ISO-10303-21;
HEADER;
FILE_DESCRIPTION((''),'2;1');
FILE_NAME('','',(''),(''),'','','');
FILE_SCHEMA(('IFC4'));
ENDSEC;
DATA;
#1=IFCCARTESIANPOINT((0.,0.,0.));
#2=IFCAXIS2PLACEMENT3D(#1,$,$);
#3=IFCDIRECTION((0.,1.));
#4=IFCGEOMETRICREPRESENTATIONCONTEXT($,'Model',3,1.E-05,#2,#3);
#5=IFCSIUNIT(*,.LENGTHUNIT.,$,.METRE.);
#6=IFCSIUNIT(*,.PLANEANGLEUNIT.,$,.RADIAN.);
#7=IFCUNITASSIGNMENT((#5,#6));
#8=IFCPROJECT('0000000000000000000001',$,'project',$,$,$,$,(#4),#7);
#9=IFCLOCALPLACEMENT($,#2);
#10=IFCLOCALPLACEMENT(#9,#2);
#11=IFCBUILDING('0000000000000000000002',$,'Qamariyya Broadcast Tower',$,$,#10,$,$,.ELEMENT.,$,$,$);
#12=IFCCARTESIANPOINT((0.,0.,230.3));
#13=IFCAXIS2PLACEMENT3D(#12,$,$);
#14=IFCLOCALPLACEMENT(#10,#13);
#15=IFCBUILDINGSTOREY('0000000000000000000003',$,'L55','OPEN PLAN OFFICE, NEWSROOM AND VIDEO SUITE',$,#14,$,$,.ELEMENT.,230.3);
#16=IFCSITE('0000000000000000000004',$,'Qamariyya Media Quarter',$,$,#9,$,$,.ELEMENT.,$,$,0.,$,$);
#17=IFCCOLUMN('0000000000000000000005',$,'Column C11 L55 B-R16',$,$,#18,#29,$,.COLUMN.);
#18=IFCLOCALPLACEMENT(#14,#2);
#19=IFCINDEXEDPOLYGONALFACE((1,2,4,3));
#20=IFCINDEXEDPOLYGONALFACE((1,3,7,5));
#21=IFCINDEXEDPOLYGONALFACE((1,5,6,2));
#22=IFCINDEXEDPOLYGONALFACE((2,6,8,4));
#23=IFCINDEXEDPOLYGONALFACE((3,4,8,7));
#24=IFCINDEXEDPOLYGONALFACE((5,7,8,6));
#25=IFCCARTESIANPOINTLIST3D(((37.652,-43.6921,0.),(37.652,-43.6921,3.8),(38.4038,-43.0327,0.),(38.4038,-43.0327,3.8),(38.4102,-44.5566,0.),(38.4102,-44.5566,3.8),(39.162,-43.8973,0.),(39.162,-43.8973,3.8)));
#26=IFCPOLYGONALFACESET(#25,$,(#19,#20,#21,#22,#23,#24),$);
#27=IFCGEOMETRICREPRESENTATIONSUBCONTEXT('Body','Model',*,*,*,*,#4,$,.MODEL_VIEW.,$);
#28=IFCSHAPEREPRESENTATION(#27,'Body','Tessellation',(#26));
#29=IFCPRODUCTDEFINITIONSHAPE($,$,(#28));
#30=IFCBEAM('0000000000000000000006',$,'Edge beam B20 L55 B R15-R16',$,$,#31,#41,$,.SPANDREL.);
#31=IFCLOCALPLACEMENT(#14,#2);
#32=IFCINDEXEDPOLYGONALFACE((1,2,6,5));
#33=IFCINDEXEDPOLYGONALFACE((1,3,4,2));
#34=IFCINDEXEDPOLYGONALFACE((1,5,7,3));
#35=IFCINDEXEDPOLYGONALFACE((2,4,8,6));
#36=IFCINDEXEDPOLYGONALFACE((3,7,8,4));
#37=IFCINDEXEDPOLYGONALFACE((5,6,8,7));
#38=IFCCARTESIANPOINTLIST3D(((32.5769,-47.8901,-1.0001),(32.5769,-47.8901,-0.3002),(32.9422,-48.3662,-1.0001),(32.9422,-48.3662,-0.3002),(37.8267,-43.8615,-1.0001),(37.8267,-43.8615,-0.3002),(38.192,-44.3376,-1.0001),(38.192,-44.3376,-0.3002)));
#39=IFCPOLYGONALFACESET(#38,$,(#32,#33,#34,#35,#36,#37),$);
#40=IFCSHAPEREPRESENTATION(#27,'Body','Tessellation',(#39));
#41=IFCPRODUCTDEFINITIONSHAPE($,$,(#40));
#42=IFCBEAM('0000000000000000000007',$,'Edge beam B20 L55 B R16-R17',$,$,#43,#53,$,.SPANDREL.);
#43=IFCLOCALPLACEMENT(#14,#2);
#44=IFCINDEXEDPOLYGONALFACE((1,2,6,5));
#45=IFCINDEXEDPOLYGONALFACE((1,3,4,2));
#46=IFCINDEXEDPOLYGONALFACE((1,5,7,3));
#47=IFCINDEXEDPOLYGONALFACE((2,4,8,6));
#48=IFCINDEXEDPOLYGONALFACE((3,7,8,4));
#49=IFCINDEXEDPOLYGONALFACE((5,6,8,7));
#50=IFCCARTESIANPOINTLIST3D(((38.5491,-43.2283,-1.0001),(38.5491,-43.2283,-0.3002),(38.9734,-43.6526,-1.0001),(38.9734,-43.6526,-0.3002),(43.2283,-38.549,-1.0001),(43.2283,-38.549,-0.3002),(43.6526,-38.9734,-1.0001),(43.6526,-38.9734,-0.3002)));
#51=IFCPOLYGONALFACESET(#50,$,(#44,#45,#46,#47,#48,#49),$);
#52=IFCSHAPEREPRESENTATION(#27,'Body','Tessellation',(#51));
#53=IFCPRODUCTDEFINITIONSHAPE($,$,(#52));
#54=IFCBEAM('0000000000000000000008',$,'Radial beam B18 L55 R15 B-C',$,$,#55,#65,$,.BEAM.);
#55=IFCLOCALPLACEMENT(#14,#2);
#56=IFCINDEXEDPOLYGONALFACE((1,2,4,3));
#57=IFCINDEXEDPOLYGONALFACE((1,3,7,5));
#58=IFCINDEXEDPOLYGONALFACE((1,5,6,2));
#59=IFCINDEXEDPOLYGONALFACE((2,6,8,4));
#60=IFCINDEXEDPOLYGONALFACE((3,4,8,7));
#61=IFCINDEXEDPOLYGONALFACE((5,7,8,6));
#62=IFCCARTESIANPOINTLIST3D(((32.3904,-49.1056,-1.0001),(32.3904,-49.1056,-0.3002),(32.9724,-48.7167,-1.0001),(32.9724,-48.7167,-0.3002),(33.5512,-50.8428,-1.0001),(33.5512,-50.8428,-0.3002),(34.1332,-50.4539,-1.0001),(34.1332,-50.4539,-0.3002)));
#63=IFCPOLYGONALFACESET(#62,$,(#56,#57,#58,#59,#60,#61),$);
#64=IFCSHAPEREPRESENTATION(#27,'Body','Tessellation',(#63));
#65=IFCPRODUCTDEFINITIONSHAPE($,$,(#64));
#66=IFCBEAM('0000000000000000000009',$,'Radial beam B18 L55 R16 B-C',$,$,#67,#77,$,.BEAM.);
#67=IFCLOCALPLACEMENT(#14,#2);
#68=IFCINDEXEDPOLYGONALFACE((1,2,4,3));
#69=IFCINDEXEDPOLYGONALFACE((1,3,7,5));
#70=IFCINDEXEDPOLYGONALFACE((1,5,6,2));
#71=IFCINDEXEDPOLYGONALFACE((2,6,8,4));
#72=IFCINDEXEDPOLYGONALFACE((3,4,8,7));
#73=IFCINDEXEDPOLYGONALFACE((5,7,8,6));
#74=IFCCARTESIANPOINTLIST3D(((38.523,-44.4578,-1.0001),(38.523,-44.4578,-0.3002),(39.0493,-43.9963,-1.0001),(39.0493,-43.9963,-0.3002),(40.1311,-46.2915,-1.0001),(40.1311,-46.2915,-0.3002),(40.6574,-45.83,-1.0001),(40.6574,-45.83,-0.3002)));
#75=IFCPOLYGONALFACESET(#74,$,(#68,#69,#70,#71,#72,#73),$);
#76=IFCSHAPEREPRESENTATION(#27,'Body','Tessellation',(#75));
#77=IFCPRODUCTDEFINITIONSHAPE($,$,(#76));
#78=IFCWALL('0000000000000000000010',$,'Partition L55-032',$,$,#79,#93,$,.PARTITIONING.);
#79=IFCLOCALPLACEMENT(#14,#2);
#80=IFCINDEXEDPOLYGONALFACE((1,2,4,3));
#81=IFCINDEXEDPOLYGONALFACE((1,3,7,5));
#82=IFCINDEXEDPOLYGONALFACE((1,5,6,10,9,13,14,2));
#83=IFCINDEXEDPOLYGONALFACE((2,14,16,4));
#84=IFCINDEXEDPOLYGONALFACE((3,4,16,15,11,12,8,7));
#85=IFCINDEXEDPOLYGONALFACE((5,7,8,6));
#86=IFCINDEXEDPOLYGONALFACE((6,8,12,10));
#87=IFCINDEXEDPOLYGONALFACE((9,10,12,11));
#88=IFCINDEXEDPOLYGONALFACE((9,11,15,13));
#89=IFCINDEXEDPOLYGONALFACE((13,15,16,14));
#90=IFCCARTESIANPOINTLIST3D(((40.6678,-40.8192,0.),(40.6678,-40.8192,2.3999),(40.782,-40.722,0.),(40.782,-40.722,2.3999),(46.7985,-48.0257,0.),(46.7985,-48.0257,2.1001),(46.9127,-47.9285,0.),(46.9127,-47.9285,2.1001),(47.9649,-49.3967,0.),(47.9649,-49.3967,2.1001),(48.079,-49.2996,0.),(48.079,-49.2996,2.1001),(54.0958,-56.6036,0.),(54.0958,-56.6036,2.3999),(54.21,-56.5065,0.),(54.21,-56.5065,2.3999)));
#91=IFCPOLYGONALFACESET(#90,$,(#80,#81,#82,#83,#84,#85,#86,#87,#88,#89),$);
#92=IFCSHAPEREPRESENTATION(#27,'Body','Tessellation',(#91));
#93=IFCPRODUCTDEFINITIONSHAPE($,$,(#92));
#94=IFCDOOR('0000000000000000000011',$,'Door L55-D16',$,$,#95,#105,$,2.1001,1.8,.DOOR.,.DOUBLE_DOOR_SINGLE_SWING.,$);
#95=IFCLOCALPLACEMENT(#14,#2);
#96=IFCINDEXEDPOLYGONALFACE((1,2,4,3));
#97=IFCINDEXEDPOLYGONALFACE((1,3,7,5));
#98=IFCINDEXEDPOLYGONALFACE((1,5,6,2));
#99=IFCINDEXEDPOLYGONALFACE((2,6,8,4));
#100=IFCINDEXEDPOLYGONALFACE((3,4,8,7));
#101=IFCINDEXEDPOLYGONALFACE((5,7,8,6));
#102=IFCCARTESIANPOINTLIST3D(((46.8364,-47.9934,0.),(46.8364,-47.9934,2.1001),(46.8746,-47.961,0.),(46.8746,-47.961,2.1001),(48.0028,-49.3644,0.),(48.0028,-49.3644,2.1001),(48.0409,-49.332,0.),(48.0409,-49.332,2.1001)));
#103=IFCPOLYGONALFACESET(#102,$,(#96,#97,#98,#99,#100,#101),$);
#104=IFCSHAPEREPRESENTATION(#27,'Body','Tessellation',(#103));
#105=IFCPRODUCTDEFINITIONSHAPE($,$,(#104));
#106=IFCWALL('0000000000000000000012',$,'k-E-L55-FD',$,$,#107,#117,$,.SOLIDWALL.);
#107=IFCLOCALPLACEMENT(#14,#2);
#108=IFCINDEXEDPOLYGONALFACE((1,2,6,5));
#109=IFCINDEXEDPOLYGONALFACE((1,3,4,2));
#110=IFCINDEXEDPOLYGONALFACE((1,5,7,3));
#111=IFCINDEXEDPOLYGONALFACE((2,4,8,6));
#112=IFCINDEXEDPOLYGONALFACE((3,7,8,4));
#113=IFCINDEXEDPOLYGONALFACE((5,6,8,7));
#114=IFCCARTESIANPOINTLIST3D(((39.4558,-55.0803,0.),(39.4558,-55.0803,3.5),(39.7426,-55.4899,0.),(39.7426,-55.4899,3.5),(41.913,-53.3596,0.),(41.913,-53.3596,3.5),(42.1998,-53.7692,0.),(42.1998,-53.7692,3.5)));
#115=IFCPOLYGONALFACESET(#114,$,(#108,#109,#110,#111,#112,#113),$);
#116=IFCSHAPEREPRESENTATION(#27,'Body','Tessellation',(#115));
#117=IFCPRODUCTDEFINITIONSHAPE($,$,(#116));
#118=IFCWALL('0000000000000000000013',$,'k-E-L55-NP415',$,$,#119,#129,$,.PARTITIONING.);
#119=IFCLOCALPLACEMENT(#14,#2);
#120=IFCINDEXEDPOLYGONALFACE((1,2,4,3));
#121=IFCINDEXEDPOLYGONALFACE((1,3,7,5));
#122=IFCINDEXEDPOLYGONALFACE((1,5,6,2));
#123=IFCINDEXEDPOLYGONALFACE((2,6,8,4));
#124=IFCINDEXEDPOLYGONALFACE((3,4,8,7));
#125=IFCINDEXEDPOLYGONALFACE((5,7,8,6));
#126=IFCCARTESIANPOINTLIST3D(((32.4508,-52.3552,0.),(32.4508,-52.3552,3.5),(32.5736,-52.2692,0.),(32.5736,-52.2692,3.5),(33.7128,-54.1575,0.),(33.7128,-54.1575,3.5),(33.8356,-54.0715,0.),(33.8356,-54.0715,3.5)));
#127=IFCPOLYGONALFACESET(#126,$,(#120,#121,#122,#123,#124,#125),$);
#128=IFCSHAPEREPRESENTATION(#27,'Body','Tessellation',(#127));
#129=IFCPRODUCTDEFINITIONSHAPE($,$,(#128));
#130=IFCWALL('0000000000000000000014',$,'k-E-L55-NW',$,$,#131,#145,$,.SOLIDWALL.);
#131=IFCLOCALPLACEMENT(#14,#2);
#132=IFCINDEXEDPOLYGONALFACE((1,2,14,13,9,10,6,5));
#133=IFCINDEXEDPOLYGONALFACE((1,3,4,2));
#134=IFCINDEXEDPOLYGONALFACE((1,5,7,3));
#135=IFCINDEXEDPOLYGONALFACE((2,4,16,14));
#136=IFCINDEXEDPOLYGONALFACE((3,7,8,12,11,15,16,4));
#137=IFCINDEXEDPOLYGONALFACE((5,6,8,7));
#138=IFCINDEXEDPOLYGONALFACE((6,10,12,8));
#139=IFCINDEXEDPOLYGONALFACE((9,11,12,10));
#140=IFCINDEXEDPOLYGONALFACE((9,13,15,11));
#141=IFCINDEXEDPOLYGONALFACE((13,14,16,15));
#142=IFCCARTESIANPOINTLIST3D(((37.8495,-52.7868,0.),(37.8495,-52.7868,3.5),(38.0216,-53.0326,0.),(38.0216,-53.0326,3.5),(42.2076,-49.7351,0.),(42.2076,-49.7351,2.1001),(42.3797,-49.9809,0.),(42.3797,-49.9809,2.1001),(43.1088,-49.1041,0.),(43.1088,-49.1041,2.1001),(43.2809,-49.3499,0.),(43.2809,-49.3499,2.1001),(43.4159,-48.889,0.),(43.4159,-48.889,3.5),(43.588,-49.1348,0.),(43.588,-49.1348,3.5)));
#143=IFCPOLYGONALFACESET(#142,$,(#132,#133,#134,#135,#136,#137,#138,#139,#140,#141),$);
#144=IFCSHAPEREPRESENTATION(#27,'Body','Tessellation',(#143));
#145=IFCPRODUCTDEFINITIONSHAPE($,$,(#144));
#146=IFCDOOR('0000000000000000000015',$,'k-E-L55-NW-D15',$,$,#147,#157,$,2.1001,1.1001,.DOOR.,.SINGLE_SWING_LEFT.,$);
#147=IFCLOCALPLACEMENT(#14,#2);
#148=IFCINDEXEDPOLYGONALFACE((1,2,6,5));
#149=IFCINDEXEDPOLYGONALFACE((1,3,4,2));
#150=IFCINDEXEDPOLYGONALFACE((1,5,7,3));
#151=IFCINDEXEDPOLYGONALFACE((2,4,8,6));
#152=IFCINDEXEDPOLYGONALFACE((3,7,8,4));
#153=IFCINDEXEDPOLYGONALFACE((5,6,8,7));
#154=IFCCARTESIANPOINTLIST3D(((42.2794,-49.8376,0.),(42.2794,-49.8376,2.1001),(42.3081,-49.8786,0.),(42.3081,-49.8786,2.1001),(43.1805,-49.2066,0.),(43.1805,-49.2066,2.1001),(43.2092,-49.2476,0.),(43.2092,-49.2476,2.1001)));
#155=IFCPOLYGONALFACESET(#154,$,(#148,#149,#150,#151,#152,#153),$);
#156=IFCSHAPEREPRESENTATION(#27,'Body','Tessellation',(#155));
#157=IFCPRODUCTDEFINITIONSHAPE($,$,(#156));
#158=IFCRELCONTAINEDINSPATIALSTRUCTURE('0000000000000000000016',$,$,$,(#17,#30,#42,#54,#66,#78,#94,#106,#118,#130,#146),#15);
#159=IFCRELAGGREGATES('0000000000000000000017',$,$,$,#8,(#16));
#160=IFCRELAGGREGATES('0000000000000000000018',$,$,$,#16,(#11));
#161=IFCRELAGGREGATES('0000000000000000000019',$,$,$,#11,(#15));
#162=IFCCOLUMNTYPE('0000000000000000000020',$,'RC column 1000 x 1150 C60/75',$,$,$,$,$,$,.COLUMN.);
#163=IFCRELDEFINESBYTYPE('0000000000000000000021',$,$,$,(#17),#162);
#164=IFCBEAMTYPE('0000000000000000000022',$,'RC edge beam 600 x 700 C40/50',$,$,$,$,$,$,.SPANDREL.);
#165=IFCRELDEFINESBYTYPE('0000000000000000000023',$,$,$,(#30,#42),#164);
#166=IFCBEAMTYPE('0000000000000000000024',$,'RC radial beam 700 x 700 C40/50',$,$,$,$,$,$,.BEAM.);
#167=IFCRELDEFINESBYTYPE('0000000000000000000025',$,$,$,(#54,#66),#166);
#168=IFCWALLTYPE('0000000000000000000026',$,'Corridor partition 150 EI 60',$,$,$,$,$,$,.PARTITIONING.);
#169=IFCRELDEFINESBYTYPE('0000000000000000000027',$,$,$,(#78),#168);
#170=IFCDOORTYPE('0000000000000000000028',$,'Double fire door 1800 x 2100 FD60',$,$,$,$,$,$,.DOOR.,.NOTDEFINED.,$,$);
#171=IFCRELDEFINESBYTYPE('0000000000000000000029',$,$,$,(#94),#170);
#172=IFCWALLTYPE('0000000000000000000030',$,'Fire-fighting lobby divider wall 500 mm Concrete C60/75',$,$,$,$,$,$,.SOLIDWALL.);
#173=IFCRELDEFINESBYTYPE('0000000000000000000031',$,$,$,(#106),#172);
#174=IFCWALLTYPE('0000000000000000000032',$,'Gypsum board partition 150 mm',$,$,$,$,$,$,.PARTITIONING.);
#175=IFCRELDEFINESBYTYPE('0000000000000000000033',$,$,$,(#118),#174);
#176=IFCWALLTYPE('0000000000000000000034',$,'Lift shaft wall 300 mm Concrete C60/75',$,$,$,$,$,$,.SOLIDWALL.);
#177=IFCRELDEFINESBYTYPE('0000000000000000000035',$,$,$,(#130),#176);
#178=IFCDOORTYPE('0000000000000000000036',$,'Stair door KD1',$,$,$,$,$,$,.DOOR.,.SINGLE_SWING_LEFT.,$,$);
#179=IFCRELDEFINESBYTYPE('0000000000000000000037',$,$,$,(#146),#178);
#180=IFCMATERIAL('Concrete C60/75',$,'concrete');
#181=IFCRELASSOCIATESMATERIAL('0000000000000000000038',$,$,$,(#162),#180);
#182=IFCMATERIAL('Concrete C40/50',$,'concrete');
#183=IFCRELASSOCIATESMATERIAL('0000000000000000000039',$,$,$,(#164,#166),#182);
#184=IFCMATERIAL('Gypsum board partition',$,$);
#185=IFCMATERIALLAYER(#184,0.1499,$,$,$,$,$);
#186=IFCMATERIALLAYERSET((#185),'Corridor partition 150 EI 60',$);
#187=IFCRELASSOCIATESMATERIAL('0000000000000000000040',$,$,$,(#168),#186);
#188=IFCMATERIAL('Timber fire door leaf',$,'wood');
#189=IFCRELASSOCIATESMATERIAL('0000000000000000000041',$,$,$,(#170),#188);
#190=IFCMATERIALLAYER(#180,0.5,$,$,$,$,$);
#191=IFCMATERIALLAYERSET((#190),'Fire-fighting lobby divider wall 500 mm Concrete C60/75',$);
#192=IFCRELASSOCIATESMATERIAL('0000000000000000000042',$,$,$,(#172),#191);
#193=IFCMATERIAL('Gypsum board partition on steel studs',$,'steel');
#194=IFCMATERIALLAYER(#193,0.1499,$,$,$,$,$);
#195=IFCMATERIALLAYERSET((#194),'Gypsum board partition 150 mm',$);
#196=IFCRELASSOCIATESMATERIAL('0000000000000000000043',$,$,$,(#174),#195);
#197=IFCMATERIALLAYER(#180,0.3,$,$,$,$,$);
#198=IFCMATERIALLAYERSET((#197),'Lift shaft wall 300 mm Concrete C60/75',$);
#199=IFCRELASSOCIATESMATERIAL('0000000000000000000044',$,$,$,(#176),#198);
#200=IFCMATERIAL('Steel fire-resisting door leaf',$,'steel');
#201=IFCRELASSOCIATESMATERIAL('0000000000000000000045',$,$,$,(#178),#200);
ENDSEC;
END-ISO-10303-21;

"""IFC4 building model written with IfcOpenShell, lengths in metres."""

from ifc_helpers import new_model, si_unit, direction, frame, frame_2d, origin, origin_2d, place, context, subcontext, project, spatial, rectangle, extrude, material, layer, layer_set, material_profile, profile_set, type_object, element, fill, save


model = new_model("IFC4")

# Units and contexts
model_context = context("Model", 3, precision=1e-05, world=origin(), true_north=direction((0.0, 1.0)))
body_context = subcontext(model_context, "Body", "Model", "MODEL_VIEW")
ifc_project = project(units=[si_unit("LENGTHUNIT", "METRE"), si_unit("PLANEANGLEUNIT", "RADIAN")], contexts=[model_context])

# Site, building, storey
site_placement = place(None, origin())
site = spatial("IfcSite", under=ifc_project, at=site_placement, Name="Qamariyya Media Quarter", CompositionType="ELEMENT", RefElevation=0.0)
building_placement = place(site_placement, origin())
building = spatial("IfcBuilding", under=site, at=building_placement, Name="Qamariyya Broadcast Tower", CompositionType="ELEMENT")
storey_placement = place(building_placement, frame((0.0, 0.0, 230.3)))
storey = spatial("IfcBuildingStorey", under=building, at=storey_placement, Name="L55", Description="OPEN PLAN OFFICE, NEWSROOM AND VIDEO SUITE", CompositionType="ELEMENT", Elevation=230.3)

# Column
ifc_material_1 = material(Name="Concrete C60/75", Category="concrete")
ifc_material_profile_1 = material_profile(ifc_material_1, rectangle(XDim=1.0, YDim=1.1499, at=origin_2d()))
ifc_profile_set_1 = profile_set([ifc_material_profile_1], Name="Concrete C60/75")
column_type = type_object("IfcColumnType", Name="RC column 1000 x 1150 C60/75", PredefinedType="COLUMN", material=ifc_profile_set_1)
column_placement = place(storey_placement, frame((38.407, -43.7947, 0.0), z_axis=(0.0, 0.0, 1.0), x_axis=(0.75184, 0.659346, 0.0)))
element("IfcColumn", 1, at=column_placement, inside=storey, type_object=column_type, Name="Column C11 L55 B-R16", PredefinedType="COLUMN", context=body_context, shape_type="SweptSolid", body=[
    extrude(rectangle(XDim=1.0, YDim=1.1499, at=origin_2d()), origin(), (0.0, 0.0, 1.0), 3.8),
])

# Beams
ifc_material_2 = material(Name="Concrete C40/50", Category="concrete")
ifc_material_profile_2 = material_profile(ifc_material_2, rectangle(XDim=0.6001, YDim=0.7, at=origin_2d()))
ifc_profile_set_2 = profile_set([ifc_material_profile_2], Name="Concrete C40/50")
beam_type_1 = type_object("IfcBeamType", Name="RC edge beam 600 x 700 C40/50", PredefinedType="SPANDREL", material=ifc_profile_set_2)
for number, where, z_axis, x_axis, name in (
    (2, (32.7595, -48.1282, -0.6501), (0.793333, 0.608789, 0.0), (-0.608789, 0.793333, 0.0), "Edge beam B20 L55 B R15-R16"),
    (3, (38.7612, -43.4404, -0.6501), (0.707107, 0.707107, 0.0), (-0.707107, 0.707107, 0.0), "Edge beam B20 L55 B R16-R17"),
):
    element("IfcBeam", number, at=place(storey_placement, frame(where, z_axis=z_axis, x_axis=x_axis)), inside=storey, type_object=beam_type_1, Name=name, PredefinedType="SPANDREL", context=body_context, shape_type="SweptSolid", body=[
        extrude(rectangle(XDim=0.6001, YDim=0.7, at=origin_2d()), origin(), (0.0, 0.0, 1.0), 6.6174),
    ])
ifc_material_profile_3 = material_profile(ifc_material_2, rectangle(XDim=0.7, YDim=0.7, at=origin_2d()))
ifc_profile_set_3 = profile_set([ifc_material_profile_3], Name="Concrete C40/50")
beam_type_2 = type_object("IfcBeamType", Name="RC radial beam 700 x 700 C40/50", PredefinedType="BEAM", material=ifc_profile_set_3)
beam_1_placement = place(storey_placement, frame((32.6814, -48.9111, -0.6501), z_axis=(0.55559, -0.831457, 0.0), x_axis=(0.831457, 0.55559, 0.0)))
element("IfcBeam", 4, at=beam_1_placement, inside=storey, type_object=beam_type_2, Name="Radial beam B18 L55 R15 B-C", PredefinedType="BEAM", context=body_context, shape_type="SweptSolid", body=[
    extrude(rectangle(XDim=0.7, YDim=0.7, at=origin_2d()), origin(), (0.0, 0.0, 1.0), 2.0894),
])
beam_2_placement = place(storey_placement, frame((38.7861, -44.2271, -0.6501), z_axis=(0.659348, -0.751838, 0.0), x_axis=(0.751838, 0.659348, 0.0)))
element("IfcBeam", 5, at=beam_2_placement, inside=storey, type_object=beam_type_2, Name="Radial beam B18 L55 R16 B-C", PredefinedType="BEAM", context=body_context, shape_type="SweptSolid", body=[
    extrude(rectangle(XDim=0.7, YDim=0.7, at=origin_2d()), origin(), (0.0, 0.0, 1.0), 2.439),
])

# Wall, opening, door
ifc_material_3 = material(Name="Gypsum board partition")
ifc_layer_1 = layer(ifc_material_3, 0.1499)
ifc_layer_set_1 = layer_set([ifc_layer_1], Name="Corridor partition 150 EI 60")
wall_type_1 = type_object("IfcWallType", Name="Corridor partition 150 EI 60", PredefinedType="PARTITIONING", material=ifc_layer_set_1)
wall_1_placement = place(storey_placement, frame((40.7249, -40.7705, 0.0), z_axis=(0.0, 0.0, 1.0), x_axis=(0.647963, -0.761672, 0.0)))
wall_1 = element("IfcWall", 6, at=wall_1_placement, inside=storey, type_object=wall_type_1, Name="Partition L55-032", PredefinedType="PARTITIONING", context=body_context, shape_type="SweptSolid", body=[
    extrude(rectangle(XDim=20.7234, YDim=0.1499, at=frame_2d((10.3618, 0.0))), origin(), (0.0, 0.0, 1.0), 2.3999),
])
opening_1_placement = place(wall_1_placement, frame((9.4617, 0.0, 0.0)))
opening_1 = element("IfcOpeningElement", 7, at=opening_1_placement, cuts=wall_1, PredefinedType="OPENING", context=body_context, shape_type="SweptSolid", body=[
    extrude(rectangle(XDim=1.8, YDim=2.1001, at=frame_2d((0.8999, 1.05))), frame((0.0, 0.085, 0.0), z_axis=(0.0, -1.0, 0.0), x_axis=(1.0, 0.0, 0.0)), (0.0, 0.0, 1.0), 0.1699),
])
ifc_material_4 = material(Name="Timber fire door leaf", Category="wood")
door_type_1 = type_object("IfcDoorType", Name="Double fire door 1800 x 2100 FD60", OperationType="NOTDEFINED", PredefinedType="DOOR", material=ifc_material_4)
door_1_placement = place(opening_1_placement, origin())
door_1 = element("IfcDoor", 8, at=door_1_placement, inside=storey, type_object=door_type_1, Name="Door L55-D16", OperationType="DOUBLE_DOOR_SINGLE_SWING", OverallHeight=2.1001, OverallWidth=1.8, PredefinedType="DOOR", context=body_context, shape_type="SweptSolid", body=[
    extrude(rectangle(XDim=1.8, YDim=2.1001, at=frame_2d((0.8999, 1.05))), frame((0.0, 0.0249, 0.0), z_axis=(0.0, -1.0, 0.0), x_axis=(1.0, 0.0, 0.0)), (0.0, 0.0, 1.0), 0.05),
])
fill(opening_1, door_1)

# Walls
ifc_layer_2 = layer(ifc_material_1, 0.5)
ifc_layer_set_2 = layer_set([ifc_layer_2], Name="Fire-fighting lobby divider wall 500 mm Concrete C60/75")
wall_type_2 = type_object("IfcWallType", Name="Fire-fighting lobby divider wall 500 mm Concrete C60/75", PredefinedType="SOLIDWALL", material=ifc_layer_set_2)
wall_2_placement = place(storey_placement, frame((39.5991, -55.2852, 0.0), z_axis=(0.0, 0.0, 1.0), x_axis=(0.819136, 0.573599, 0.0)))
element("IfcWall", 9, at=wall_2_placement, inside=storey, type_object=wall_type_2, Name="k-E-L55-FD", PredefinedType="SOLIDWALL", context=body_context, shape_type="SweptSolid", body=[
    extrude(rectangle(XDim=2.9998, YDim=0.5, at=frame_2d((1.5, 0.0))), origin(), (0.0, 0.0, 1.0), 3.5),
])
ifc_material_5 = material(Name="Gypsum board partition on steel studs", Category="steel")
ifc_layer_3 = layer(ifc_material_5, 0.1499)
ifc_layer_set_3 = layer_set([ifc_layer_3], Name="Gypsum board partition 150 mm")
wall_type_3 = type_object("IfcWallType", Name="Gypsum board partition 150 mm", PredefinedType="PARTITIONING", material=ifc_layer_set_3)
wall_3_placement = place(storey_placement, frame((33.7742, -54.1145, 0.0), z_axis=(0.0, 0.0, 1.0), x_axis=(-0.573581, 0.819149, 0.0)))
element("IfcWall", 10, at=wall_3_placement, inside=storey, type_object=wall_type_3, Name="k-E-L55-NP415", PredefinedType="PARTITIONING", context=body_context, shape_type="SweptSolid", body=[
    extrude(rectangle(XDim=2.2002, YDim=0.1499, at=frame_2d((1.1001, 0.0))), origin(), (0.0, 0.0, 1.0), 3.5),
])

# Wall, opening, door
ifc_layer_4 = layer(ifc_material_1, 0.3)
ifc_layer_set_4 = layer_set([ifc_layer_4], Name="Lift shaft wall 300 mm Concrete C60/75")
wall_type_4 = type_object("IfcWallType", Name="Lift shaft wall 300 mm Concrete C60/75", PredefinedType="SOLIDWALL", material=ifc_layer_set_4)
wall_4_placement = place(storey_placement, frame((37.9355, -52.9097, 0.0), z_axis=(0.0, 0.0, 1.0), x_axis=(0.819148, 0.573583, 0.0)))
wall_4 = element("IfcWall", 11, at=wall_4_placement, inside=storey, type_object=wall_type_4, Name="k-E-L55-NW", PredefinedType="SOLIDWALL", context=body_context, shape_type="SweptSolid", body=[
    extrude(rectangle(XDim=6.7954, YDim=0.3, at=frame_2d((3.3977, 0.0))), origin(), (0.0, 0.0, 1.0), 3.5),
])
opening_2_placement = place(wall_4_placement, frame((5.3203, 0.0, 0.0)))
opening_2 = element("IfcOpeningElement", 12, at=opening_2_placement, cuts=wall_4, PredefinedType="OPENING", context=body_context, shape_type="SweptSolid", body=[
    extrude(rectangle(XDim=1.1001, YDim=2.1001, at=frame_2d((0.55, 1.05))), frame((0.0, 0.1599, 0.0), z_axis=(0.0, -1.0, 0.0), x_axis=(1.0, 0.0, 0.0)), (0.0, 0.0, 1.0), 0.3201),
])
ifc_material_6 = material(Name="Steel fire-resisting door leaf", Category="steel")
door_type_2 = type_object("IfcDoorType", Name="Stair door KD1", OperationType="SINGLE_SWING_LEFT", PredefinedType="DOOR", material=ifc_material_6)
door_2_placement = place(opening_2_placement, origin())
door_2 = element("IfcDoor", 13, at=door_2_placement, inside=storey, type_object=door_type_2, Name="k-E-L55-NW-D15", OperationType="SINGLE_SWING_LEFT", OverallHeight=2.1001, OverallWidth=1.1001, PredefinedType="DOOR", context=body_context, shape_type="SweptSolid", body=[
    extrude(rectangle(XDim=1.1001, YDim=2.1001, at=frame_2d((0.55, 1.05))), frame((0.0, 0.0249, 0.0), z_axis=(0.0, -1.0, 0.0), x_axis=(1.0, 0.0, 0.0)), (0.0, 0.0, 1.0), 0.05),
])
fill(opening_2, door_2)

save(model, "model.ifc")
